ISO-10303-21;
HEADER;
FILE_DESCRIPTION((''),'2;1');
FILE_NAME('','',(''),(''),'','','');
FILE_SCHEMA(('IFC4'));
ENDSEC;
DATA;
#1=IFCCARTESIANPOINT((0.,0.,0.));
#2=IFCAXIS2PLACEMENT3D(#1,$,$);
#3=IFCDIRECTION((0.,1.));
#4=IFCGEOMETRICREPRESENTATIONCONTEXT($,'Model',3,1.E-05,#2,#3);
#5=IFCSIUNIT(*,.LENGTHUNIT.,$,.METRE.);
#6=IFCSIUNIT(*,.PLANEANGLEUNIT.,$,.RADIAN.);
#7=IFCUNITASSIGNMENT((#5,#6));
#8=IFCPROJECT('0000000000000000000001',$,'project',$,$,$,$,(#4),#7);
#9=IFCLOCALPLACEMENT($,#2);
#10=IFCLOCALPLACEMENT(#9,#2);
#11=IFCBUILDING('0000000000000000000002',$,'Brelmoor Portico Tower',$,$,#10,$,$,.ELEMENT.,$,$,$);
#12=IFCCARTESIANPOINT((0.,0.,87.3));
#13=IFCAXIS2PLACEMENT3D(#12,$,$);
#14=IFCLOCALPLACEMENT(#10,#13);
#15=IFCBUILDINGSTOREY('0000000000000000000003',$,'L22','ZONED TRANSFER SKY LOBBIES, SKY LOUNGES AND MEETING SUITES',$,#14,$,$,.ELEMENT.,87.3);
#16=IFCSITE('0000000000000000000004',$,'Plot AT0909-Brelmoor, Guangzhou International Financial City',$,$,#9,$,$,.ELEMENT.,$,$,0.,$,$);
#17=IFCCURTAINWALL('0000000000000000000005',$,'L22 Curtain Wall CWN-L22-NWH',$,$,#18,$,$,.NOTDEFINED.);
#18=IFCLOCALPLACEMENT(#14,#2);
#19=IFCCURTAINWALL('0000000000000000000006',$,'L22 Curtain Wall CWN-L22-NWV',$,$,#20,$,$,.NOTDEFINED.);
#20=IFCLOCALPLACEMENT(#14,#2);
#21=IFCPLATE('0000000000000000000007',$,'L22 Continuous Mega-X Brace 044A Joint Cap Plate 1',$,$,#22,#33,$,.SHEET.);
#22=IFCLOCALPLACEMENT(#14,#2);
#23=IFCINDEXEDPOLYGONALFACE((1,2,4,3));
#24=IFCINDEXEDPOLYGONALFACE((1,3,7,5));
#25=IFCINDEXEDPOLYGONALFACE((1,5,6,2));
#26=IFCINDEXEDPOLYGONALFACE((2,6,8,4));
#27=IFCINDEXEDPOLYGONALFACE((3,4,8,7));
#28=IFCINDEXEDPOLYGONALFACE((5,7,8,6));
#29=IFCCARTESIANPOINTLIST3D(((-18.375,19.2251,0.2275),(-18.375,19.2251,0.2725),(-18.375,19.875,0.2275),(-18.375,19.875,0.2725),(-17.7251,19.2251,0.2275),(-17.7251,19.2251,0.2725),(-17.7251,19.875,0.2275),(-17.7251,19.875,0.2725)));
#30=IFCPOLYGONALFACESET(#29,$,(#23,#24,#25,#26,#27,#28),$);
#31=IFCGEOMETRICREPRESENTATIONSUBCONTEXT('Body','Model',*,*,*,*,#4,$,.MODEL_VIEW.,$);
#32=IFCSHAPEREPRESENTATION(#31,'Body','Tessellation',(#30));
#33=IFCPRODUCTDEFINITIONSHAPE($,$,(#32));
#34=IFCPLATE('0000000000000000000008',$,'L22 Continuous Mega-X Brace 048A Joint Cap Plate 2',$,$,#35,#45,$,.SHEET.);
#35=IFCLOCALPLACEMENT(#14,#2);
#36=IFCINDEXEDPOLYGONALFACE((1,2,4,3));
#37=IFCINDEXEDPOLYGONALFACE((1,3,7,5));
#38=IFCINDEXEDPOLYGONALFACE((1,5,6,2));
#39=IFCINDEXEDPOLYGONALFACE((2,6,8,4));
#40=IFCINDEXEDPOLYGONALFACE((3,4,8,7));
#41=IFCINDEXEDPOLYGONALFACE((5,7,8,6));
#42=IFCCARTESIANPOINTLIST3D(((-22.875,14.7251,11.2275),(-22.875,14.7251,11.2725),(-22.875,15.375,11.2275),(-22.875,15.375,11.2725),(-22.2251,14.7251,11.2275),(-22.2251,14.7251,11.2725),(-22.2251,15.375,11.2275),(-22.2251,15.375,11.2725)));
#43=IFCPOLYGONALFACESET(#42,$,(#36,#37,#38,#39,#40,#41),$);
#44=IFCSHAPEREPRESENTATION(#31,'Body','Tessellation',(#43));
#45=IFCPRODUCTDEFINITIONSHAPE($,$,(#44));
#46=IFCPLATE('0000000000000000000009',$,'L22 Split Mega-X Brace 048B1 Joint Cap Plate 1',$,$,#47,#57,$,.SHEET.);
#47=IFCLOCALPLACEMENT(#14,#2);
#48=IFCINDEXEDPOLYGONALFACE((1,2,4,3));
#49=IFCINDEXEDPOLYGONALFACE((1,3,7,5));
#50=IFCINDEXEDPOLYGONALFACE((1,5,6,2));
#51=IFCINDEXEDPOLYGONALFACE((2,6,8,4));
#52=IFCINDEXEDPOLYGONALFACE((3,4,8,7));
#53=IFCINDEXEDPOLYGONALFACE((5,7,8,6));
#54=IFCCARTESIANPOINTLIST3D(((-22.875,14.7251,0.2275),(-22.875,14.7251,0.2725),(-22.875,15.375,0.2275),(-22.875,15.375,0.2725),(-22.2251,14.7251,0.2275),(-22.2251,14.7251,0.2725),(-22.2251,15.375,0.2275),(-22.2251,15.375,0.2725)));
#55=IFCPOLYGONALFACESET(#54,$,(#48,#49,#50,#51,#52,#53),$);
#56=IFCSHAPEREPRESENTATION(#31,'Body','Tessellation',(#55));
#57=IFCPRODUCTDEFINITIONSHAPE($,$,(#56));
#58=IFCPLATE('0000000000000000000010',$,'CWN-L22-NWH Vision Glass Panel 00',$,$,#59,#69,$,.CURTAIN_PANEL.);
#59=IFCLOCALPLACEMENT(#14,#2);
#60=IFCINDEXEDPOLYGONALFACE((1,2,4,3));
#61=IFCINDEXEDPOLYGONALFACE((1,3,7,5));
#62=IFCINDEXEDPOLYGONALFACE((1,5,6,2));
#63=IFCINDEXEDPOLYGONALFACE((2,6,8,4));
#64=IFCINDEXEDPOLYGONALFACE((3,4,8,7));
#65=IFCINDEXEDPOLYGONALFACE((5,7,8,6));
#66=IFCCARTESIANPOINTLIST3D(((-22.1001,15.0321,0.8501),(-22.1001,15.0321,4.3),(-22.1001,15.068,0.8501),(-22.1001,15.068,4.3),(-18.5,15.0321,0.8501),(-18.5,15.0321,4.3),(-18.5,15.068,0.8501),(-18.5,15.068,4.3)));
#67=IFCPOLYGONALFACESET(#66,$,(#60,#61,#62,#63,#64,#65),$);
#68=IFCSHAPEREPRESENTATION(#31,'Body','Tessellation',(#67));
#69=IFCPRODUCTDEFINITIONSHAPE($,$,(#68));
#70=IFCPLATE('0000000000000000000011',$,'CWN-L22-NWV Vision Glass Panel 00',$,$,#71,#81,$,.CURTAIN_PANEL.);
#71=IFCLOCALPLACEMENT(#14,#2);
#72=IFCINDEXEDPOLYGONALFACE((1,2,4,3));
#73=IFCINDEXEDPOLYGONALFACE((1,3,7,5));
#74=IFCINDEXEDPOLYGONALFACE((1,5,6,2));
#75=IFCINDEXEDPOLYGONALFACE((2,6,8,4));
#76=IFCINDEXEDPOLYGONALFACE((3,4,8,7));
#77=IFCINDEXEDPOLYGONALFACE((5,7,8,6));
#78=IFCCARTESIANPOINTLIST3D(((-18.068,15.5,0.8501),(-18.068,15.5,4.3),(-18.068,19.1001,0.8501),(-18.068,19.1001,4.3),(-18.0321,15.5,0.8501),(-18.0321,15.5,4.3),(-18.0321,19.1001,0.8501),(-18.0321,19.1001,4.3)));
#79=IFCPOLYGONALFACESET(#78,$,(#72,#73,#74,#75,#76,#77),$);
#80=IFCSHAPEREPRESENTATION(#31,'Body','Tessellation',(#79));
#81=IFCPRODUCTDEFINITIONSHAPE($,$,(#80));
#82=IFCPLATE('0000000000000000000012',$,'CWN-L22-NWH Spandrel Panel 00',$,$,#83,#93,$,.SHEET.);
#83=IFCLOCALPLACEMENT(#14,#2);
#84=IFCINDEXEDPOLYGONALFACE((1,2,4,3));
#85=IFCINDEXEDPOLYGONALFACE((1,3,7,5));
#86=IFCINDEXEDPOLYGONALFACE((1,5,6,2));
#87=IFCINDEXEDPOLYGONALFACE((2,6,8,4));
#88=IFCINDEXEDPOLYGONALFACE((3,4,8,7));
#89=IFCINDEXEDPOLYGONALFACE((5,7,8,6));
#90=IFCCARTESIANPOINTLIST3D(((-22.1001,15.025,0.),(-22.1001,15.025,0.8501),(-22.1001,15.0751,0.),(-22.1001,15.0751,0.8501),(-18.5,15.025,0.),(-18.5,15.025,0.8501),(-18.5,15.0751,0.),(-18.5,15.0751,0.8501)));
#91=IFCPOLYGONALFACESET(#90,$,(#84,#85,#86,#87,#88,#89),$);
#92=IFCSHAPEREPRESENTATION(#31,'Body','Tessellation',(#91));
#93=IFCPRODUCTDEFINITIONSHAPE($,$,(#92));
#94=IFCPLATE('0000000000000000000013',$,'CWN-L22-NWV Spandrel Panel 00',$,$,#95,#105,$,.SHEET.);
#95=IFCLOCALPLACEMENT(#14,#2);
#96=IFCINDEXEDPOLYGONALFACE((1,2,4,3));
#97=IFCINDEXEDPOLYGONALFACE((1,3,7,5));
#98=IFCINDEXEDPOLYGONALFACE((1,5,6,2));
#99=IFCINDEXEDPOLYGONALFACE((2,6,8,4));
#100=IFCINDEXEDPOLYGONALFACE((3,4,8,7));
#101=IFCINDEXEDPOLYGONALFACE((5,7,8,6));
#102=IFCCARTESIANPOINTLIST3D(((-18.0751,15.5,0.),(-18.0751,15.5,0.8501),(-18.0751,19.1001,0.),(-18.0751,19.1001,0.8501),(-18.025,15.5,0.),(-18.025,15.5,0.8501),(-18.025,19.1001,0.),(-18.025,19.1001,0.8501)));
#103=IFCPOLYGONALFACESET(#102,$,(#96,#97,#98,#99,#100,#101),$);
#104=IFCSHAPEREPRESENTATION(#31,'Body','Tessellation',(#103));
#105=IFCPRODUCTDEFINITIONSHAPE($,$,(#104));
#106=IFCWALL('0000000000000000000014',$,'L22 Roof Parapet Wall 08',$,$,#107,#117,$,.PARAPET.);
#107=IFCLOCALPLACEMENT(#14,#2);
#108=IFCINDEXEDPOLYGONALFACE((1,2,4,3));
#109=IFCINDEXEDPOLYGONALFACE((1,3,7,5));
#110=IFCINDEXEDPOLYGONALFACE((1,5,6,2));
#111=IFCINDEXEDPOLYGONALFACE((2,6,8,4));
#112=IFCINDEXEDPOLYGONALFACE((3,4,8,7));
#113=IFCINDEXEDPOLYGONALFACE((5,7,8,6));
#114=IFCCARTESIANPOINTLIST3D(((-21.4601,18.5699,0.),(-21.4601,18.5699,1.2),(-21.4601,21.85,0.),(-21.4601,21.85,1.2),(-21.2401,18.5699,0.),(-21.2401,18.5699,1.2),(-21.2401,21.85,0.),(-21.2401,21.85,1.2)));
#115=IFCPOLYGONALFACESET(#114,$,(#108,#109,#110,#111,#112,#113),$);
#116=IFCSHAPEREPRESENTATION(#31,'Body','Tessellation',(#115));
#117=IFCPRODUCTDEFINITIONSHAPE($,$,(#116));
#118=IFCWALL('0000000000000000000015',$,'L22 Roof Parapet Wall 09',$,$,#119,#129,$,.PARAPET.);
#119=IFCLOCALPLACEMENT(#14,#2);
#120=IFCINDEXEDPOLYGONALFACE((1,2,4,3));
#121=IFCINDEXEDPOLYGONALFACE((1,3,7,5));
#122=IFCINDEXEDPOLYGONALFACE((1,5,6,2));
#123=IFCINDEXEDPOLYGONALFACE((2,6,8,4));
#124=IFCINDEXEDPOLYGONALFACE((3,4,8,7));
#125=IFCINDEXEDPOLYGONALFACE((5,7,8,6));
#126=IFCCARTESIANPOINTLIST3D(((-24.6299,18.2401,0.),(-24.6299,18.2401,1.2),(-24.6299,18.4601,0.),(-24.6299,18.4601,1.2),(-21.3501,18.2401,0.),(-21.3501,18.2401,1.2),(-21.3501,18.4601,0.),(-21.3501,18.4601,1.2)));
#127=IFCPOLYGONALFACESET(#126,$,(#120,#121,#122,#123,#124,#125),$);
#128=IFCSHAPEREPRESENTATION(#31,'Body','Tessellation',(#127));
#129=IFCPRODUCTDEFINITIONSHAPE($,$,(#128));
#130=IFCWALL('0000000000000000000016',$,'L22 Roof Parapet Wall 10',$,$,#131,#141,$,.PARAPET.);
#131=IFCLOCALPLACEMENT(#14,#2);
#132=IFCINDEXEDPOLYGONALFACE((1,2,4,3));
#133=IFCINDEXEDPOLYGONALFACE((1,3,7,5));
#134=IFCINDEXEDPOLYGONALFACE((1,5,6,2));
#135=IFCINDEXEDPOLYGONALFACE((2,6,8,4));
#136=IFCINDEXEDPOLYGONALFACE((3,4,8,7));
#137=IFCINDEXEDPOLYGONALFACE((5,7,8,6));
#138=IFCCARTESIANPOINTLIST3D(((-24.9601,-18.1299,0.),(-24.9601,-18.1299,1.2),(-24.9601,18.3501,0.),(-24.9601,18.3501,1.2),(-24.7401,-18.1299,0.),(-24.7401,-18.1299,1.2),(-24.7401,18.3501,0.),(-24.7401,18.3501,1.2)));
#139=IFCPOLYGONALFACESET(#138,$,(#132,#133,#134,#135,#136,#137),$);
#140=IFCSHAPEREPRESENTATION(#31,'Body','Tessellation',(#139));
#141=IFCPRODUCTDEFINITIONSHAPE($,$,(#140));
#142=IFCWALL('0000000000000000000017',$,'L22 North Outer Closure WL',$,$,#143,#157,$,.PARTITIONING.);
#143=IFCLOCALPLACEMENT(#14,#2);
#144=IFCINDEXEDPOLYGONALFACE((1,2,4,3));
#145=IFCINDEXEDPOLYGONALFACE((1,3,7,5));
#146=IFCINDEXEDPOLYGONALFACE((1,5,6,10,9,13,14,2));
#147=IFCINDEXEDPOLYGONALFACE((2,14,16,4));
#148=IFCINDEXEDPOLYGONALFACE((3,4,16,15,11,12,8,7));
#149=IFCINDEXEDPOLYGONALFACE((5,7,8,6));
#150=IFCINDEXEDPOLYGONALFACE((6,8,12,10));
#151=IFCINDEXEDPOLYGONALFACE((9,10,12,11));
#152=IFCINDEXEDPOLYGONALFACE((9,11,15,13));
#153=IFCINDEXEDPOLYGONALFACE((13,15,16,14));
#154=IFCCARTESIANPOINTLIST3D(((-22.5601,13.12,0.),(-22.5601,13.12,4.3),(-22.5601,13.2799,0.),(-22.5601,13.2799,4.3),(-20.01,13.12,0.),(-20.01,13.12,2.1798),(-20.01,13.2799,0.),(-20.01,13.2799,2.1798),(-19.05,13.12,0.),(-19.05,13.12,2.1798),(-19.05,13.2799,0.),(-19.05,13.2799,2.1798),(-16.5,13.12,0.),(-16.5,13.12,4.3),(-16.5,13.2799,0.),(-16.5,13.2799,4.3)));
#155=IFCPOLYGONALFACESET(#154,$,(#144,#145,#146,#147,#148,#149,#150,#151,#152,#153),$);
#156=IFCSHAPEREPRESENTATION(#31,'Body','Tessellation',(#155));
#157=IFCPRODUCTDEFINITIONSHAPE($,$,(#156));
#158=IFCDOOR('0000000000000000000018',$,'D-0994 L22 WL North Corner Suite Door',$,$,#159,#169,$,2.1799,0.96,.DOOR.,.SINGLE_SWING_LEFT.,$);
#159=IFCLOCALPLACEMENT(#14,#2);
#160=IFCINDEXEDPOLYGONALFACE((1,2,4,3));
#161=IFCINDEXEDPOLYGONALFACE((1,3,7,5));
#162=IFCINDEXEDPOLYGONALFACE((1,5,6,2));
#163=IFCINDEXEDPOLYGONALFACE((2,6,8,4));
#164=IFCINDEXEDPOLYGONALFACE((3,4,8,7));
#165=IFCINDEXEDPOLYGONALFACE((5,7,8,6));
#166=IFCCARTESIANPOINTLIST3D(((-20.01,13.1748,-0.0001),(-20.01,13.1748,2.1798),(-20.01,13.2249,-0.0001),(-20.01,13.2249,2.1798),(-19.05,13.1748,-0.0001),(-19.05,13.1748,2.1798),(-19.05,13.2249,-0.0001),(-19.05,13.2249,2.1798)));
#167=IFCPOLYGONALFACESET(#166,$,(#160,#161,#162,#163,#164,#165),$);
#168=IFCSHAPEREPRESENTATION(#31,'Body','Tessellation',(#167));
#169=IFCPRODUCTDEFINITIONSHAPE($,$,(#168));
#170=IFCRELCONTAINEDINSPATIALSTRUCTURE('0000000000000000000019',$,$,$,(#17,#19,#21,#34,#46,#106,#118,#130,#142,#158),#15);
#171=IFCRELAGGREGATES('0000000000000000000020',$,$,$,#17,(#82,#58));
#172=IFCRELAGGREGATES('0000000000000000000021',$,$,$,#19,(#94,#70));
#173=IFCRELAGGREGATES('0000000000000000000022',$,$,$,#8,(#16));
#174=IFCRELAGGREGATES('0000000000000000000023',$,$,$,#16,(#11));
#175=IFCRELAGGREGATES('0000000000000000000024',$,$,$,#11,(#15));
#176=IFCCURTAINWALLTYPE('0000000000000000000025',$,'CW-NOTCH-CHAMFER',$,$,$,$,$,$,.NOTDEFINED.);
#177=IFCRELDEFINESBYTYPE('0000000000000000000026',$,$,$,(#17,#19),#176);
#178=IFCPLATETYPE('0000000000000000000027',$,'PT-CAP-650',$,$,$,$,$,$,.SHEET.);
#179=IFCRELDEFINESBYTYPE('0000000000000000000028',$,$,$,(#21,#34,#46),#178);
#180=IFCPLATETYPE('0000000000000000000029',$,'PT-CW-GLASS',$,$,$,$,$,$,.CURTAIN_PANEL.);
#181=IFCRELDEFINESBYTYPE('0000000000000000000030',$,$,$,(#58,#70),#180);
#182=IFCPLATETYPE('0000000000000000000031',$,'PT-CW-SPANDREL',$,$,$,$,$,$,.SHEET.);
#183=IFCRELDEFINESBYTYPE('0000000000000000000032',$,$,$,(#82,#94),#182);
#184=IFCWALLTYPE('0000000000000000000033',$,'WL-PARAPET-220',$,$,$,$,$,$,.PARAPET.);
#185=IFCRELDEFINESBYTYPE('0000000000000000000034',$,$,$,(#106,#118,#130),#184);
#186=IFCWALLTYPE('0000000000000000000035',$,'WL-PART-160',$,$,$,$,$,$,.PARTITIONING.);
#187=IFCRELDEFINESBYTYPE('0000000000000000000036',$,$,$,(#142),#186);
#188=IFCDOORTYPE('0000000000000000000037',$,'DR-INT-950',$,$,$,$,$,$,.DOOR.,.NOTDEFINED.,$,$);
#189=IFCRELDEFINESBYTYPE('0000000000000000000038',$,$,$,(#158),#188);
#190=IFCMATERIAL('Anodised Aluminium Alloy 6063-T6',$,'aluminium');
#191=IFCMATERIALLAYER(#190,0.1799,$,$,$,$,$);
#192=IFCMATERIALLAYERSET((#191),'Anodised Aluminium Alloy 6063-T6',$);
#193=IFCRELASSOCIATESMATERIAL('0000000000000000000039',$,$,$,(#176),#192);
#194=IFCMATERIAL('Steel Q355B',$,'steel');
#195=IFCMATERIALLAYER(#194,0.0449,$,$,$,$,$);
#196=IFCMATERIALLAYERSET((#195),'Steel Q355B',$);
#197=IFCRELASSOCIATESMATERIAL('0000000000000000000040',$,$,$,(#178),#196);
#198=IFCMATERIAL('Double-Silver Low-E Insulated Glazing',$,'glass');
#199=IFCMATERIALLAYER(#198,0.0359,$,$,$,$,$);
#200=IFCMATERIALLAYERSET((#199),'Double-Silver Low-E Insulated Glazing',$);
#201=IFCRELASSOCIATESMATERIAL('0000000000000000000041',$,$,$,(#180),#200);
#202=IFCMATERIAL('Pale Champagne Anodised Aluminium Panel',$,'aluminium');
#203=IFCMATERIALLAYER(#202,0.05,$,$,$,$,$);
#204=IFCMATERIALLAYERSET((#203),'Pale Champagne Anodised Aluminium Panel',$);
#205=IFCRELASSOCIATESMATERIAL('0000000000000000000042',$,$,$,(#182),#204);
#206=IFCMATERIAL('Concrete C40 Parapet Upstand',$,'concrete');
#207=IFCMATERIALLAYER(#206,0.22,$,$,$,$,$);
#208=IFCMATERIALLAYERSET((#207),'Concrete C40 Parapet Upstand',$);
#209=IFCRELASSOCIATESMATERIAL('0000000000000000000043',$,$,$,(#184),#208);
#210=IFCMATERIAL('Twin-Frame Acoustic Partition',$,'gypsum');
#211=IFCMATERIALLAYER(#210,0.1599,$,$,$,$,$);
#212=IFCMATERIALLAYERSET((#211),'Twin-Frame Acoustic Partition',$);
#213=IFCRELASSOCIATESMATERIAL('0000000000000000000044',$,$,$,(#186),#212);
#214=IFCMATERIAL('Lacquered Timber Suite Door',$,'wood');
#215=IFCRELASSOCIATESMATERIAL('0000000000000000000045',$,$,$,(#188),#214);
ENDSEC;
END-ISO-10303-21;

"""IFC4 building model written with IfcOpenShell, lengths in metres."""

from ifc_helpers import new_model, si_unit, direction, frame, frame_2d, origin, origin_2d, place, context, subcontext, project, spatial, rectangle, extrude, material, layer, layer_set, type_object, element, fill, aggregate, save


model = new_model("IFC4")

# Units and contexts
model_context = context("Model", 3, precision=1e-05, world=origin(), true_north=direction((0.0, 1.0)))
body_context = subcontext(model_context, "Body", "Model", "MODEL_VIEW")
ifc_project = project(units=[si_unit("LENGTHUNIT", "METRE"), si_unit("PLANEANGLEUNIT", "RADIAN")], contexts=[model_context])

# Site, building, storey
site_placement = place(None, origin())
site = spatial("IfcSite", under=ifc_project, at=site_placement, Name="Plot AT0909-Brelmoor, Guangzhou International Financial City", CompositionType="ELEMENT", RefElevation=0.0)
building_placement = place(site_placement, origin())
building = spatial("IfcBuilding", under=site, at=building_placement, Name="Brelmoor Portico Tower", CompositionType="ELEMENT")
storey_placement = place(building_placement, frame((0.0, 0.0, 87.3)))
storey = spatial("IfcBuildingStorey", under=building, at=storey_placement, Name="L22", Description="ZONED TRANSFER SKY LOBBIES, SKY LOUNGES AND MEETING SUITES", CompositionType="ELEMENT", Elevation=87.3)

# Shared definitions
ifc_material_1 = material(Name="Steel Q355B", Category="steel")

# Curtain walls
ifc_material_2 = material(Name="Anodised Aluminium Alloy 6063-T6", Category="aluminium")
ifc_layer_1 = layer(ifc_material_2, 0.1799)
ifc_layer_set_1 = layer_set([ifc_layer_1], Name="Anodised Aluminium Alloy 6063-T6")
curtain_wall_type_1 = type_object("IfcCurtainWallType", Name="CW-NOTCH-CHAMFER", PredefinedType="NOTDEFINED", material=ifc_layer_set_1)
curtain_wall_1_placement = place(storey_placement, origin())
curtain_wall_1 = element("IfcCurtainWall", 1, at=curtain_wall_1_placement, inside=storey, type_object=curtain_wall_type_1, Name="L22 Curtain Wall CWN-L22-NWH", PredefinedType="NOTDEFINED")
curtain_wall_2_placement = place(storey_placement, origin())
curtain_wall_2 = element("IfcCurtainWall", 2, at=curtain_wall_2_placement, inside=storey, type_object=curtain_wall_type_1, Name="L22 Curtain Wall CWN-L22-NWV", PredefinedType="NOTDEFINED")

# Plates
ifc_layer_2 = layer(ifc_material_1, 0.0449)
ifc_layer_set_2 = layer_set([ifc_layer_2], Name="Steel Q355B")
plate_type_1 = type_object("IfcPlateType", Name="PT-CAP-650", PredefinedType="SHEET", material=ifc_layer_set_2)
for number, where, z_axis, x_axis, name in (
    (3, (-18.05, 19.55, 0.2275), (0.0, 0.0, 1.0), (1.0, 0.0, 0.0), "L22 Continuous Mega-X Brace 044A Joint Cap Plate 1"),
    (4, (-22.55, 15.05, 11.2275), (0.0, 0.0, 1.0), (1.0, 0.0, 0.0), "L22 Continuous Mega-X Brace 048A Joint Cap Plate 2"),
    (5, (-22.55, 15.05, 0.2275), (0.0, 0.0, 1.0), (1.0, 0.0, 0.0), "L22 Split Mega-X Brace 048B1 Joint Cap Plate 1"),
):
    element("IfcPlate", number, at=place(storey_placement, frame(where, z_axis=z_axis, x_axis=x_axis)), inside=storey, type_object=plate_type_1, Name=name, PredefinedType="SHEET", context=body_context, shape_type="SweptSolid", body=[
        extrude(rectangle(XDim=0.6499, YDim=0.6499, at=origin_2d()), origin(), (0.0, 0.0, 1.0), 0.0449),
    ])

# Plates
ifc_material_3 = material(Name="Double-Silver Low-E Insulated Glazing", Category="glass")
ifc_layer_3 = layer(ifc_material_3, 0.0359)
ifc_layer_set_3 = layer_set([ifc_layer_3], Name="Double-Silver Low-E Insulated Glazing")
plate_type_2 = type_object("IfcPlateType", Name="PT-CW-GLASS", PredefinedType="CURTAIN_PANEL", material=ifc_layer_set_3)
plate_1_placement = place(storey_placement, frame((-20.3, 15.05, 0.8501), z_axis=(0.0, 0.0, 1.0), x_axis=(1.0, 0.0, 0.0)))
plate_1 = element("IfcPlate", 6, at=plate_1_placement, type_object=plate_type_2, Name="CWN-L22-NWH Vision Glass Panel 00", PredefinedType="CURTAIN_PANEL", context=body_context, shape_type="SweptSolid", body=[
    extrude(rectangle(XDim=3.6001, YDim=0.0359, at=origin_2d()), origin(), (0.0, 0.0, 1.0), 3.45),
])
plate_2_placement = place(storey_placement, frame((-18.05, 17.3, 0.8501), z_axis=(0.0, 0.0, 1.0), x_axis=(0.0, 1.0, 0.0)))
plate_2 = element("IfcPlate", 7, at=plate_2_placement, type_object=plate_type_2, Name="CWN-L22-NWV Vision Glass Panel 00", PredefinedType="CURTAIN_PANEL", context=body_context, shape_type="SweptSolid", body=[
    extrude(rectangle(XDim=3.6001, YDim=0.0359, at=origin_2d()), origin(), (0.0, 0.0, 1.0), 3.45),
])
ifc_material_4 = material(Name="Pale Champagne Anodised Aluminium Panel", Category="aluminium")
ifc_layer_4 = layer(ifc_material_4, 0.05)
ifc_layer_set_4 = layer_set([ifc_layer_4], Name="Pale Champagne Anodised Aluminium Panel")
plate_type_3 = type_object("IfcPlateType", Name="PT-CW-SPANDREL", PredefinedType="SHEET", material=ifc_layer_set_4)
plate_3_placement = place(storey_placement, frame((-20.3, 15.05, 0.0), z_axis=(0.0, 0.0, 1.0), x_axis=(1.0, 0.0, 0.0)))
plate_3 = element("IfcPlate", 8, at=plate_3_placement, type_object=plate_type_3, Name="CWN-L22-NWH Spandrel Panel 00", PredefinedType="SHEET", context=body_context, shape_type="SweptSolid", body=[
    extrude(rectangle(XDim=3.6001, YDim=0.05, at=origin_2d()), origin(), (0.0, 0.0, 1.0), 0.8501),
])
aggregate(curtain_wall_1, [plate_3, plate_1])
plate_4_placement = place(storey_placement, frame((-18.05, 17.3, 0.0), z_axis=(0.0, 0.0, 1.0), x_axis=(0.0, 1.0, 0.0)))
plate_4 = element("IfcPlate", 9, at=plate_4_placement, type_object=plate_type_3, Name="CWN-L22-NWV Spandrel Panel 00", PredefinedType="SHEET", context=body_context, shape_type="SweptSolid", body=[
    extrude(rectangle(XDim=3.6001, YDim=0.05, at=origin_2d()), origin(), (0.0, 0.0, 1.0), 0.8501),
])
aggregate(curtain_wall_2, [plate_4, plate_2])

# Walls
ifc_material_5 = material(Name="Concrete C40 Parapet Upstand", Category="concrete")
ifc_layer_5 = layer(ifc_material_5, 0.22)
ifc_layer_set_5 = layer_set([ifc_layer_5], Name="Concrete C40 Parapet Upstand")
wall_type_1 = type_object("IfcWallType", Name="WL-PARAPET-220", PredefinedType="PARAPET", material=ifc_layer_set_5)
wall_1_placement = place(storey_placement, frame((-21.3501, 21.8501, 0.0), z_axis=(0.0, 0.0, 1.0), x_axis=(0.0, -1.0, 0.0)))
element("IfcWall", 10, at=wall_1_placement, inside=storey, type_object=wall_type_1, Name="L22 Roof Parapet Wall 08", PredefinedType="PARAPET", context=body_context, shape_type="SweptSolid", body=[
    extrude(rectangle(XDim=3.28, YDim=0.22, at=frame_2d((1.6401, 0.0))), origin(), (0.0, 0.0, 1.0), 1.2),
])
wall_2_placement = place(storey_placement, frame((-21.3501, 18.3501, 0.0), z_axis=(0.0, 0.0, 1.0), x_axis=(-1.0, 0.0, 0.0)))
element("IfcWall", 11, at=wall_2_placement, inside=storey, type_object=wall_type_1, Name="L22 Roof Parapet Wall 09", PredefinedType="PARAPET", context=body_context, shape_type="SweptSolid", body=[
    extrude(rectangle(XDim=3.2798, YDim=0.22, at=frame_2d((1.6399, 0.0))), origin(), (0.0, 0.0, 1.0), 1.2),
])
wall_3_placement = place(storey_placement, frame((-24.8501, 18.3501, 0.0), z_axis=(0.0, 0.0, 1.0), x_axis=(0.0, -1.0, 0.0)))
element("IfcWall", 12, at=wall_3_placement, inside=storey, type_object=wall_type_1, Name="L22 Roof Parapet Wall 10", PredefinedType="PARAPET", context=body_context, shape_type="SweptSolid", body=[
    extrude(rectangle(XDim=36.48, YDim=0.22, at=frame_2d((18.24, 0.0))), origin(), (0.0, 0.0, 1.0), 1.2),
])

# Wall, opening, door
ifc_material_6 = material(Name="Twin-Frame Acoustic Partition", Category="gypsum")
ifc_layer_6 = layer(ifc_material_6, 0.1599)
ifc_layer_set_6 = layer_set([ifc_layer_6], Name="Twin-Frame Acoustic Partition")
wall_type_2 = type_object("IfcWallType", Name="WL-PART-160", PredefinedType="PARTITIONING", material=ifc_layer_set_6)
wall_4_placement = place(storey_placement, frame((-22.5601, 13.2, 0.0), z_axis=(0.0, 0.0, 1.0), x_axis=(1.0, 0.0, 0.0)))
wall_4 = element("IfcWall", 13, at=wall_4_placement, inside=storey, type_object=wall_type_2, Name="L22 North Outer Closure WL", PredefinedType="PARTITIONING", context=body_context, shape_type="SweptSolid", body=[
    extrude(rectangle(XDim=6.0601, YDim=0.1599, at=frame_2d((3.03, 0.0))), origin(), (0.0, 0.0, 1.0), 4.3),
])
opening_placement = place(wall_4_placement, frame((2.55, 0.0, 0.0)))
opening = element("IfcOpeningElement", 14, at=opening_placement, cuts=wall_4, PredefinedType="OPENING", context=body_context, shape_type="SweptSolid", body=[
    extrude(rectangle(XDim=0.96, YDim=2.1799, at=frame_2d((0.48, 1.0898))), frame((0.0, 0.0898, 0.0), z_axis=(0.0, -1.0, 0.0), x_axis=(1.0, 0.0, 0.0)), (0.0, 0.0, 1.0), 0.1799),
])
ifc_material_7 = material(Name="Lacquered Timber Suite Door", Category="wood")
door_type = type_object("IfcDoorType", Name="DR-INT-950", OperationType="NOTDEFINED", PredefinedType="DOOR", material=ifc_material_7)
door_placement = place(opening_placement, origin())
door = element("IfcDoor", 15, at=door_placement, inside=storey, type_object=door_type, Name="D-0994 L22 WL North Corner Suite Door", OperationType="SINGLE_SWING_LEFT", OverallHeight=2.1799, OverallWidth=0.96, PredefinedType="DOOR", context=body_context, shape_type="SweptSolid", body=[
    extrude(rectangle(XDim=0.96, YDim=2.1799, at=frame_2d((0.48, 1.0898))), frame((0.0, 0.0249, 0.0), z_axis=(0.0, -1.0, 0.0), x_axis=(1.0, 0.0, 0.0)), (0.0, 0.0, 1.0), 0.05),
])
fill(opening, door)

save(model, "model.ifc")
